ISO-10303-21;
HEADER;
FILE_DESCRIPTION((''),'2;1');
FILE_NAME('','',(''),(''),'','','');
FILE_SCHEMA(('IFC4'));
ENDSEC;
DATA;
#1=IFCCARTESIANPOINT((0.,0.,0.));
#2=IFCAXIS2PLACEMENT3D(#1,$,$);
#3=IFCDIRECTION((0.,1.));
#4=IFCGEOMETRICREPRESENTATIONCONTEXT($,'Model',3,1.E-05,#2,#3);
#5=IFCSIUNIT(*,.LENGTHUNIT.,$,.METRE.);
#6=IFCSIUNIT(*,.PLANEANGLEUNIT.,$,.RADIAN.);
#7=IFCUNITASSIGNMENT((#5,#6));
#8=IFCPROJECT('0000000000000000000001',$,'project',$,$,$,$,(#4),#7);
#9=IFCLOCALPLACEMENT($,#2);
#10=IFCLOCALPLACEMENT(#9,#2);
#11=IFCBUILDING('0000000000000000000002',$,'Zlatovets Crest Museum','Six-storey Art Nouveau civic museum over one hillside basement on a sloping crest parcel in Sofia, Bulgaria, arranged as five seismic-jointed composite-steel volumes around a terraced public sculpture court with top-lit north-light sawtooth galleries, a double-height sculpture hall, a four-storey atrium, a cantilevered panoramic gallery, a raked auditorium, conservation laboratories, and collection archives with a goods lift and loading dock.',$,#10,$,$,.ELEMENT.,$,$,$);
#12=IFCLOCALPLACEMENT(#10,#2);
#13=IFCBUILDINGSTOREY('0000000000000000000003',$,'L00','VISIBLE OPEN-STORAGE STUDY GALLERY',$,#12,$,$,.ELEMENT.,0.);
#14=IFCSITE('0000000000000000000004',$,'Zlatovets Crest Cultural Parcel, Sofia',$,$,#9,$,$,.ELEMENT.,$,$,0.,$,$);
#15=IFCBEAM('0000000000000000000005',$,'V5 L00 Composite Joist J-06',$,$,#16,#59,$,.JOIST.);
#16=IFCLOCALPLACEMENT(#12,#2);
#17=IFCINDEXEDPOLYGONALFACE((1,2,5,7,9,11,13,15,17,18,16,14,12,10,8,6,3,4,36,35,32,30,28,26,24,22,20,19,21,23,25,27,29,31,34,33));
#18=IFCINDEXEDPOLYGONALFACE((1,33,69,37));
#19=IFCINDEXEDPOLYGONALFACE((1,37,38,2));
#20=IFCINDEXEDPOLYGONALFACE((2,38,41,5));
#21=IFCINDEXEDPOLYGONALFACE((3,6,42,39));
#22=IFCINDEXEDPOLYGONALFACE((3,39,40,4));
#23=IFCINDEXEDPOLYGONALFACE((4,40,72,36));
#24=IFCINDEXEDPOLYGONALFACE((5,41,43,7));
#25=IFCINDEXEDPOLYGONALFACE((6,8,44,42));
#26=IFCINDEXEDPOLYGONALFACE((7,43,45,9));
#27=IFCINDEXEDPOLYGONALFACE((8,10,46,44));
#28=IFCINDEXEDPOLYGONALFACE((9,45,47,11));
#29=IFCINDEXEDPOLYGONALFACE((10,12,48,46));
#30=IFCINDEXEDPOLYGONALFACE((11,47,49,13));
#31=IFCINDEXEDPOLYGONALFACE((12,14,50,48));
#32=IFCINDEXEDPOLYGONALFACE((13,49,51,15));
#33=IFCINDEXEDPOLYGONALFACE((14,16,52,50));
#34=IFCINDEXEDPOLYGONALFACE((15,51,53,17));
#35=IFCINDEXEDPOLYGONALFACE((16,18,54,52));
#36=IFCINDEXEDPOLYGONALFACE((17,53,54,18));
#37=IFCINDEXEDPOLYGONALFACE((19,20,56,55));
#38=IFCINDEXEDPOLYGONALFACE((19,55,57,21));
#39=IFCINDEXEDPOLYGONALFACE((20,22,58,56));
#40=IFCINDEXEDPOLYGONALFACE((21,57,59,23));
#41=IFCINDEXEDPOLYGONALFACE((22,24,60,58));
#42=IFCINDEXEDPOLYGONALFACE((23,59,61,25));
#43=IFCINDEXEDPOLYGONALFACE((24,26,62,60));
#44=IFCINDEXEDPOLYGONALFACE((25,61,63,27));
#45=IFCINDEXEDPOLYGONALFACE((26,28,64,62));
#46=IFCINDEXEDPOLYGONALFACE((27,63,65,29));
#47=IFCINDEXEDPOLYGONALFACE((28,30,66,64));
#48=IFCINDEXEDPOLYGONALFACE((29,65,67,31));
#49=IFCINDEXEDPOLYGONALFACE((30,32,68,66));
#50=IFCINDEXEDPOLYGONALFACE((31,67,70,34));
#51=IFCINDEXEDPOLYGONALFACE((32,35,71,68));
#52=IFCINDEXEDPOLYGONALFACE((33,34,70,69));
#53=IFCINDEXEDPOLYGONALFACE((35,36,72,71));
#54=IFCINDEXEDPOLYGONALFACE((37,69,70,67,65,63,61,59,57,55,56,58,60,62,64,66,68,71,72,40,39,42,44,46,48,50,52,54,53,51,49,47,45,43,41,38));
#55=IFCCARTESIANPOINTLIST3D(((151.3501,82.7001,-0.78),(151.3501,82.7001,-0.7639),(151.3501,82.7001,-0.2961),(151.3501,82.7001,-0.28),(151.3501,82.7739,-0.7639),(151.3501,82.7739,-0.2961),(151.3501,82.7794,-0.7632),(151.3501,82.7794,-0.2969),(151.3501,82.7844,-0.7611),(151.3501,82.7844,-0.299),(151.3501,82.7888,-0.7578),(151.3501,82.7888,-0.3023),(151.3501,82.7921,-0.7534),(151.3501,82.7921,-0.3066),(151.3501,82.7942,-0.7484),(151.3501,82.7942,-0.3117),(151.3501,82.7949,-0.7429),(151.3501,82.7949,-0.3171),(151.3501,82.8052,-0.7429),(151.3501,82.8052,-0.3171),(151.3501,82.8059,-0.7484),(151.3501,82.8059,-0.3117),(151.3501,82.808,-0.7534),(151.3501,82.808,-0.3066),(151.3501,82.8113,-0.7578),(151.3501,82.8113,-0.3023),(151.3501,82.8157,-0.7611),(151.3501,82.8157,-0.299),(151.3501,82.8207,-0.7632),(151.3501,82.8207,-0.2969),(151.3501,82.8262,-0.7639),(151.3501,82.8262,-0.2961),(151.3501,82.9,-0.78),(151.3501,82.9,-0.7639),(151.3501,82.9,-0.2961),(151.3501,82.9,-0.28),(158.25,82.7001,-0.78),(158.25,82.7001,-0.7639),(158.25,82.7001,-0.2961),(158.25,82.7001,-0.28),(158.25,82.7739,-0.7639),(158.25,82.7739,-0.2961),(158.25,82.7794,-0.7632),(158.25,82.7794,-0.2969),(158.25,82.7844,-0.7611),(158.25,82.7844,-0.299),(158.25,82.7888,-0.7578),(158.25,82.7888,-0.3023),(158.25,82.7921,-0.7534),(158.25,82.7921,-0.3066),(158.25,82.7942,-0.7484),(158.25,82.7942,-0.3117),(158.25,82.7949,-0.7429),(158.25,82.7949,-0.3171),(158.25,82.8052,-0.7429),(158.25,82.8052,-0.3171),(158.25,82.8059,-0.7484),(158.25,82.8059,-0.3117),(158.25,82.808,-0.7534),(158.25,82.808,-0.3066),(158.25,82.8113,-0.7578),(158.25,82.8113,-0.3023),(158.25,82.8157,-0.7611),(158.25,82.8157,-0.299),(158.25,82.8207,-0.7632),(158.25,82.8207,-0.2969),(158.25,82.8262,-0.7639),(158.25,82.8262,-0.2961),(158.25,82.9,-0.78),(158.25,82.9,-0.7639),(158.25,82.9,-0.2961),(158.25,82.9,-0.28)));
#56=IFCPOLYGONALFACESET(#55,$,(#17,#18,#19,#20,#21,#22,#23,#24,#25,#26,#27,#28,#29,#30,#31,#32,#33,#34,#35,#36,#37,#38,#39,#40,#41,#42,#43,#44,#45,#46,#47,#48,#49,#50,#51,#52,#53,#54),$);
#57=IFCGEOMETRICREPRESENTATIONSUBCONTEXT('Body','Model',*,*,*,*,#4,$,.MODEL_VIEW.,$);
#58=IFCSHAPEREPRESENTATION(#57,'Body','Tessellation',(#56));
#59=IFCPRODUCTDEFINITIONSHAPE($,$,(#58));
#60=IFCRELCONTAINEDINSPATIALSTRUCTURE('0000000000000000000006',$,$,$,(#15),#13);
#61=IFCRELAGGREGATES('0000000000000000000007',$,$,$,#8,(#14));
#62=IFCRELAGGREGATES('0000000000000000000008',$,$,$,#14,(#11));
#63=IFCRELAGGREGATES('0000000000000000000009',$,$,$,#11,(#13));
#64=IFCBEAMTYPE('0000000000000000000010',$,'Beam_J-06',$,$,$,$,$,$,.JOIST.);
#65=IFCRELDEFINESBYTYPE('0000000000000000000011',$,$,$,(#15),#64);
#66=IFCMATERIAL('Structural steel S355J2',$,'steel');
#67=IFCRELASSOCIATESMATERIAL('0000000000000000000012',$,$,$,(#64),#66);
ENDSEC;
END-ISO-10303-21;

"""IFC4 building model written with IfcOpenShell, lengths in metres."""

from ifc_helpers import new_model, si_unit, direction, frame, origin, origin_2d, place, context, subcontext, project, spatial, i_section, extrude, material, material_profile, profile_set, type_object, element, save


model = new_model("IFC4")

# Units and contexts
model_context = context("Model", 3, precision=1e-05, world=origin(), true_north=direction((0.0, 1.0)))
body_context = subcontext(model_context, "Body", "Model", "MODEL_VIEW")
ifc_project = project(units=[si_unit("LENGTHUNIT", "METRE"), si_unit("PLANEANGLEUNIT", "RADIAN")], contexts=[model_context])

# Site, building, storey
site_placement = place(None, origin())
site = spatial("IfcSite", under=ifc_project, at=site_placement, Name="Zlatovets Crest Cultural Parcel, Sofia", CompositionType="ELEMENT", RefElevation=0.0)
building_placement = place(site_placement, origin())
building = spatial("IfcBuilding", under=site, at=building_placement, Name="Zlatovets Crest Museum", Description="Six-storey Art Nouveau civic museum over one hillside basement on a sloping crest parcel in Sofia, Bulgaria, arranged as five seismic-jointed composite-steel volumes around a terraced public sculpture court with top-lit north-light sawtooth galleries, a double-height sculpture hall, a four-storey atrium, a cantilevered panoramic gallery, a raked auditorium, conservation laboratories, and collection archives with a goods lift and loading dock.", CompositionType="ELEMENT")
storey_placement = place(building_placement, origin())
storey = spatial("IfcBuildingStorey", under=building, at=storey_placement, Name="L00", Description="VISIBLE OPEN-STORAGE STUDY GALLERY", CompositionType="ELEMENT", Elevation=0.0)

# Shared definitions
ifc_material = material(Name="Structural steel S355J2", Category="steel")

# Beam
ifc_material_profile_1 = material_profile(ifc_material, i_section(OverallWidth=0.2, OverallDepth=0.5, WebThickness=0.0103, FlangeThickness=0.0161, FilletRadius=0.021, at=origin_2d()), Name="IPE 500")
ifc_profile_set_1 = profile_set([ifc_material_profile_1], Name="Structural steel S355J2")
beam_type_1 = type_object("IfcBeamType", Name="Beam_J-06", PredefinedType="JOIST", material=ifc_profile_set_1)
for number, where, z_axis, x_axis, name in (
    (1, (151.3501, 82.8, -0.53), (1.0, 0.0, 0.0), (0.0, 1.0, 0.0), "V5 L00 Composite Joist J-06"),
):
    element("IfcBeam", number, at=place(storey_placement, frame(where, z_axis=z_axis, x_axis=x_axis)), inside=storey, type_object=beam_type_1, Name=name, PredefinedType="JOIST", context=body_context, shape_type="SweptSolid", body=[
        extrude(i_section(OverallWidth=0.2, OverallDepth=0.5, WebThickness=0.0103, FlangeThickness=0.0161, FilletRadius=0.021, at=origin_2d()), origin(), (0.0, 0.0, 1.0), 6.8999),
    ])

save(model, "model.ifc")
